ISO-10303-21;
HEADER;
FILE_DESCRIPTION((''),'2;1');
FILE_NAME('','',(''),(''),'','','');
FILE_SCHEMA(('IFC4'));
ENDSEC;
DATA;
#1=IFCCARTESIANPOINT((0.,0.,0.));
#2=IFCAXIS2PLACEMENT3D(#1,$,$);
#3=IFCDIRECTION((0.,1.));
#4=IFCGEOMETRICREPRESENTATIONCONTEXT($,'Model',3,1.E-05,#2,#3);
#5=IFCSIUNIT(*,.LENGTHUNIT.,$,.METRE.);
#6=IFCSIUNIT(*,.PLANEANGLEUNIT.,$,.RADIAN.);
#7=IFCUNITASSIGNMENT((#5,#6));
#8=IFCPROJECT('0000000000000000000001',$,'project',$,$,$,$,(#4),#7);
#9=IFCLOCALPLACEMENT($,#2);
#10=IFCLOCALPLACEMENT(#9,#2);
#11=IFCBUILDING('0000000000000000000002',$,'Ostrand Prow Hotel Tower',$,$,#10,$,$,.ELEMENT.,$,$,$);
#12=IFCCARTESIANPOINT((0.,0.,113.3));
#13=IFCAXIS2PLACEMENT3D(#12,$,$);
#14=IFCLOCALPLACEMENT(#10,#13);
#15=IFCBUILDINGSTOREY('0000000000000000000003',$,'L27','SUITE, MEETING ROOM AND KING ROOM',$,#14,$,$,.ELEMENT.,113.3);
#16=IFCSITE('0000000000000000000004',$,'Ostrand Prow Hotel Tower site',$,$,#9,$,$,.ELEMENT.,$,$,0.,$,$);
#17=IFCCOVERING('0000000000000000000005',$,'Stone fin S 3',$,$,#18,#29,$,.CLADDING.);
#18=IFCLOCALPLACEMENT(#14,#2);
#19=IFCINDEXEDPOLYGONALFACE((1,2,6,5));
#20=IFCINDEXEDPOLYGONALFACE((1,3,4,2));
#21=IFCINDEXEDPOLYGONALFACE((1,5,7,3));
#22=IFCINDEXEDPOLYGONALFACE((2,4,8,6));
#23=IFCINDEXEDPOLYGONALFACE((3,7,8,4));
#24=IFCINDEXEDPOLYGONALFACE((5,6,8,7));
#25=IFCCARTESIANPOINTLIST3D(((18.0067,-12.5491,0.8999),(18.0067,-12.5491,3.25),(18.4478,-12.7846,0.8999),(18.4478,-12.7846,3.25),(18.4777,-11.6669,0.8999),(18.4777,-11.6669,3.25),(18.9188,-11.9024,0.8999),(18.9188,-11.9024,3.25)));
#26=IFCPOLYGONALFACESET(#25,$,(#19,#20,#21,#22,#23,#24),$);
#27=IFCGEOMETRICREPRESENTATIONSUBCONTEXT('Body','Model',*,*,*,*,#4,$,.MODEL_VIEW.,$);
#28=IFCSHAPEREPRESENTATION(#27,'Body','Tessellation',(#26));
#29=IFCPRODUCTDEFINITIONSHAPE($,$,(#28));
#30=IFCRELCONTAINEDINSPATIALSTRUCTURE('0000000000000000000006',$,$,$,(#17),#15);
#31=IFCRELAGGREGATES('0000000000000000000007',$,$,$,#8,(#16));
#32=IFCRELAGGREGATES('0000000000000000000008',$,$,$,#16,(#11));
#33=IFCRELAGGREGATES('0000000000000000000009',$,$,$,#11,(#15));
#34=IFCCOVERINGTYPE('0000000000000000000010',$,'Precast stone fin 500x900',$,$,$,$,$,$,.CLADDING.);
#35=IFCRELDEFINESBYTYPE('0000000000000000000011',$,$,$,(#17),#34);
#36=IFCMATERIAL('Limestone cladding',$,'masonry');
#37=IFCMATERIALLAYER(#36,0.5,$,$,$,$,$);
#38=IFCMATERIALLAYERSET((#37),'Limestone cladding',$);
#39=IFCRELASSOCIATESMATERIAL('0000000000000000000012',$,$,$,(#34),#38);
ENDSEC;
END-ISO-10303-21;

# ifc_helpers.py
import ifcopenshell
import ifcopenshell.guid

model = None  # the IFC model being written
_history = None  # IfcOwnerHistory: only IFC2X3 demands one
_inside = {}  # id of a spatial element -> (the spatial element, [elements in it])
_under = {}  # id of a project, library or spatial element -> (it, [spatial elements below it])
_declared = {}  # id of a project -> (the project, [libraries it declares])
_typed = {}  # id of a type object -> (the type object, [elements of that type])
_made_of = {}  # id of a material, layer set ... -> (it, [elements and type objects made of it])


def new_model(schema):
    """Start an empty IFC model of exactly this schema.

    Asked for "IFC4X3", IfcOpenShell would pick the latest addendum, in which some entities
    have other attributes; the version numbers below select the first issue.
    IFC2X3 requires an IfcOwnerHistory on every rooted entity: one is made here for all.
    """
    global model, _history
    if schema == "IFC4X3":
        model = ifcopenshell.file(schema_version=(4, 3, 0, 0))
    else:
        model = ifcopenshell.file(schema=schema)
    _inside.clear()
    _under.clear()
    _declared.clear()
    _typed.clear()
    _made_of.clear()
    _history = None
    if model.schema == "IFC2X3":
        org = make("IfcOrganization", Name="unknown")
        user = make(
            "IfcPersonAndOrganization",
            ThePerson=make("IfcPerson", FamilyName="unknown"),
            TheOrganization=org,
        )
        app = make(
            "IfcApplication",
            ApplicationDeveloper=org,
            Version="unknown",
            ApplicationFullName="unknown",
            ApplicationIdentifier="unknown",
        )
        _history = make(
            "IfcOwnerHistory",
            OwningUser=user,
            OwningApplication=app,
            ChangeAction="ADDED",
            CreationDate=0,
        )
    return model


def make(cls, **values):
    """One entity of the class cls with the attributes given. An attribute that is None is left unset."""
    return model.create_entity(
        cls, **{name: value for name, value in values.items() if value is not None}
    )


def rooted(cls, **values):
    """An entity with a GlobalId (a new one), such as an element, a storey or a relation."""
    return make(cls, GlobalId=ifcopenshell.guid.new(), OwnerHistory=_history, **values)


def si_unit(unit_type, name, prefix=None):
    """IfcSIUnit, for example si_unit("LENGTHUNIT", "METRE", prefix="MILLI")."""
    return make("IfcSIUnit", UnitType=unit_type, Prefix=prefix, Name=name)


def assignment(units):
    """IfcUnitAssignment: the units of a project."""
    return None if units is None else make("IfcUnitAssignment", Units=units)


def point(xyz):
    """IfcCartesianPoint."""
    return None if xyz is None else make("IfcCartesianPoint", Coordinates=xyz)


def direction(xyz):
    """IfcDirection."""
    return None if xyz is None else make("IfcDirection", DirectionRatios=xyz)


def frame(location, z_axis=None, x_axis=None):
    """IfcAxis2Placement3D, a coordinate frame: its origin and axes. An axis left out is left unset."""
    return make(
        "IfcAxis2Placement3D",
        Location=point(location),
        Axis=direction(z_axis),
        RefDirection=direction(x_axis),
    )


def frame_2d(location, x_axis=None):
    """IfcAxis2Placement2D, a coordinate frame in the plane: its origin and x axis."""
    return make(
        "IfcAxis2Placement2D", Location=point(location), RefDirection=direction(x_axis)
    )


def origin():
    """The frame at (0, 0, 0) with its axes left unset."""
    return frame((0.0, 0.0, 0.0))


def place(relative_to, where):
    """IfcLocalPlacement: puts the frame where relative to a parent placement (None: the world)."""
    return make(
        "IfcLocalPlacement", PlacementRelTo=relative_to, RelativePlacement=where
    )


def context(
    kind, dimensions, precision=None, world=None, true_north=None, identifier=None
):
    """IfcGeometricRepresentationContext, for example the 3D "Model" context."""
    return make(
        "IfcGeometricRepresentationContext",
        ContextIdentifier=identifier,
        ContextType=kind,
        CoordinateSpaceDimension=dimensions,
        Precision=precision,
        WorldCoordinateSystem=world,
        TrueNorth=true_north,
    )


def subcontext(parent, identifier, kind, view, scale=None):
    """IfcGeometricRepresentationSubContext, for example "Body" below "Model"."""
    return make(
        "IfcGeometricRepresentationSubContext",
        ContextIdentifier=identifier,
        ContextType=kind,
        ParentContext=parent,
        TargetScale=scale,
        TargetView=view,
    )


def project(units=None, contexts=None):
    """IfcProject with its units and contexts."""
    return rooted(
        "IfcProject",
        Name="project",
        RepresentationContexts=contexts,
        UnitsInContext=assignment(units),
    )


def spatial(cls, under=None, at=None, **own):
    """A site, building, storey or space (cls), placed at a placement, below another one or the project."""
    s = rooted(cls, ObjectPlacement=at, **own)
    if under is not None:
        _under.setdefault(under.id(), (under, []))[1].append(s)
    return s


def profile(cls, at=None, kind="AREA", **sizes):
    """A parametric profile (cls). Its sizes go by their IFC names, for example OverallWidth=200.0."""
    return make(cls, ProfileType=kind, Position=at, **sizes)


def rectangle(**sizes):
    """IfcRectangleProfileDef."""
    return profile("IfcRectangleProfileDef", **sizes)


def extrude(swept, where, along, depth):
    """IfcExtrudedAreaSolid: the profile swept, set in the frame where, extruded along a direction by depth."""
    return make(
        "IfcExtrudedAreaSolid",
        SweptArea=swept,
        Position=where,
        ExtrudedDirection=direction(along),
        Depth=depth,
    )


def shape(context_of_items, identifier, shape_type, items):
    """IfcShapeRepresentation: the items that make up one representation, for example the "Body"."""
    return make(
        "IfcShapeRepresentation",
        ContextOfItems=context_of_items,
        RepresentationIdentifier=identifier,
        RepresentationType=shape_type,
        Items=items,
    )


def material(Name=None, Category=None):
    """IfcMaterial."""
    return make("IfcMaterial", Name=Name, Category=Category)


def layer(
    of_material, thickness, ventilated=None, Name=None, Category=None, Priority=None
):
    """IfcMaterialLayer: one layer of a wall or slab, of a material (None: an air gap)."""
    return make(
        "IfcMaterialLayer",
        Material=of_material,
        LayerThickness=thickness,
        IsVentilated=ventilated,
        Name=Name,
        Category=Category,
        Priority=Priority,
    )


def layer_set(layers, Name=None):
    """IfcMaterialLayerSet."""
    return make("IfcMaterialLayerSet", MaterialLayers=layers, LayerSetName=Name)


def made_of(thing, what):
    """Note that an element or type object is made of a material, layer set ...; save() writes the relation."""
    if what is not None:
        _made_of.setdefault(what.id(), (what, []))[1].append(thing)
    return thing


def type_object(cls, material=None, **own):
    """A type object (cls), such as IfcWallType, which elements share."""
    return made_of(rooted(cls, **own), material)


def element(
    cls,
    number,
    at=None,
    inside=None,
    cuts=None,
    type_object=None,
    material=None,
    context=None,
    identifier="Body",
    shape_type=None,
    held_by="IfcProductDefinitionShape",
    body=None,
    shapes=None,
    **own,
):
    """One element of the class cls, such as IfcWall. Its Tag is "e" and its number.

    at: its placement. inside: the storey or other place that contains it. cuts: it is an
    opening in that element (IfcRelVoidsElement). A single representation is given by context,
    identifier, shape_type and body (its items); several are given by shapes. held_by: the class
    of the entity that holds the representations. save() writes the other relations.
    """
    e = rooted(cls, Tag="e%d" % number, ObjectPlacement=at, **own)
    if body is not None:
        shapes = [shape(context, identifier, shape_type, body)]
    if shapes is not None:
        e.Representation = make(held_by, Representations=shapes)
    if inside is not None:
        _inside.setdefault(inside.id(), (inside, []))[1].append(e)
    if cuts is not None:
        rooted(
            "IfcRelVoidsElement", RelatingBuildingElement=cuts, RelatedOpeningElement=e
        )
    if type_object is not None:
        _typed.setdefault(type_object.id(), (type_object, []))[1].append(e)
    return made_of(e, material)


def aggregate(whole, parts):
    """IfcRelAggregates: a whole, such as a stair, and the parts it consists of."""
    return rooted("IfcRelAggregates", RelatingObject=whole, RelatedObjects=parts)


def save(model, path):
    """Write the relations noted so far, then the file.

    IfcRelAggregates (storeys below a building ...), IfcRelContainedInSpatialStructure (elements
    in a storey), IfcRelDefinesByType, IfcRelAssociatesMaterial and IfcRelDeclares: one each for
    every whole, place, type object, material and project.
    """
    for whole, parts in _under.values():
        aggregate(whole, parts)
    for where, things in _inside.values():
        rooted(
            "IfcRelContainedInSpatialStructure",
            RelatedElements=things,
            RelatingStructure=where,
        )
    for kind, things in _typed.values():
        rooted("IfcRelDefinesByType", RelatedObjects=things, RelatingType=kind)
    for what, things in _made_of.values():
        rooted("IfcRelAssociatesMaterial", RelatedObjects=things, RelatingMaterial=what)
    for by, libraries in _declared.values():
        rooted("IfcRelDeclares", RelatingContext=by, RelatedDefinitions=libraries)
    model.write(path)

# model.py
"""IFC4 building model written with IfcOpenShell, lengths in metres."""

from ifc_helpers import new_model, si_unit, direction, frame, frame_2d, origin, place, context, subcontext, project, spatial, rectangle, extrude, material, layer, layer_set, type_object, element, save


model = new_model("IFC4")

# Units and contexts
model_context = context("Model", 3, precision=1e-05, world=origin(), true_north=direction((0.0, 1.0)))
body_context = subcontext(model_context, "Body", "Model", "MODEL_VIEW")
ifc_project = project(units=[si_unit("LENGTHUNIT", "METRE"), si_unit("PLANEANGLEUNIT", "RADIAN")], contexts=[model_context])

# Site, building, storey
site_placement = place(None, origin())
site = spatial("IfcSite", under=ifc_project, at=site_placement, Name="Ostrand Prow Hotel Tower site", CompositionType="ELEMENT", RefElevation=0.0)
building_placement = place(site_placement, origin())
building = spatial("IfcBuilding", under=site, at=building_placement, Name="Ostrand Prow Hotel Tower", CompositionType="ELEMENT")
storey_placement = place(building_placement, frame((0.0, 0.0, 113.3)))
storey = spatial("IfcBuildingStorey", under=building, at=storey_placement, Name="L27", Description="SUITE, MEETING ROOM AND KING ROOM", CompositionType="ELEMENT", Elevation=113.3)

# Covering
ifc_material_1 = material(Name="Limestone cladding", Category="masonry")
ifc_layer_1 = layer(ifc_material_1, 0.5)
ifc_layer_set_1 = layer_set([ifc_layer_1], Name="Limestone cladding")
covering_type = type_object("IfcCoveringType", Name="Precast stone fin 500x900", PredefinedType="CLADDING", material=ifc_layer_set_1)
covering_placement = place(storey_placement, frame((18.6982, -11.7847, 0.8999), z_axis=(0.0, 0.0, 1.0), x_axis=(-0.470981, -0.882143, 0.0)))
element("IfcCovering", 1, at=covering_placement, inside=storey, type_object=covering_type, Name="Stone fin S 3", PredefinedType="CLADDING", context=body_context, shape_type="SweptSolid", body=[
    extrude(rectangle(XDim=1.0, YDim=0.5, at=frame_2d((0.5, 0.0))), origin(), (0.0, 0.0, 1.0), 2.3501),
])

save(model, "model.ifc")
